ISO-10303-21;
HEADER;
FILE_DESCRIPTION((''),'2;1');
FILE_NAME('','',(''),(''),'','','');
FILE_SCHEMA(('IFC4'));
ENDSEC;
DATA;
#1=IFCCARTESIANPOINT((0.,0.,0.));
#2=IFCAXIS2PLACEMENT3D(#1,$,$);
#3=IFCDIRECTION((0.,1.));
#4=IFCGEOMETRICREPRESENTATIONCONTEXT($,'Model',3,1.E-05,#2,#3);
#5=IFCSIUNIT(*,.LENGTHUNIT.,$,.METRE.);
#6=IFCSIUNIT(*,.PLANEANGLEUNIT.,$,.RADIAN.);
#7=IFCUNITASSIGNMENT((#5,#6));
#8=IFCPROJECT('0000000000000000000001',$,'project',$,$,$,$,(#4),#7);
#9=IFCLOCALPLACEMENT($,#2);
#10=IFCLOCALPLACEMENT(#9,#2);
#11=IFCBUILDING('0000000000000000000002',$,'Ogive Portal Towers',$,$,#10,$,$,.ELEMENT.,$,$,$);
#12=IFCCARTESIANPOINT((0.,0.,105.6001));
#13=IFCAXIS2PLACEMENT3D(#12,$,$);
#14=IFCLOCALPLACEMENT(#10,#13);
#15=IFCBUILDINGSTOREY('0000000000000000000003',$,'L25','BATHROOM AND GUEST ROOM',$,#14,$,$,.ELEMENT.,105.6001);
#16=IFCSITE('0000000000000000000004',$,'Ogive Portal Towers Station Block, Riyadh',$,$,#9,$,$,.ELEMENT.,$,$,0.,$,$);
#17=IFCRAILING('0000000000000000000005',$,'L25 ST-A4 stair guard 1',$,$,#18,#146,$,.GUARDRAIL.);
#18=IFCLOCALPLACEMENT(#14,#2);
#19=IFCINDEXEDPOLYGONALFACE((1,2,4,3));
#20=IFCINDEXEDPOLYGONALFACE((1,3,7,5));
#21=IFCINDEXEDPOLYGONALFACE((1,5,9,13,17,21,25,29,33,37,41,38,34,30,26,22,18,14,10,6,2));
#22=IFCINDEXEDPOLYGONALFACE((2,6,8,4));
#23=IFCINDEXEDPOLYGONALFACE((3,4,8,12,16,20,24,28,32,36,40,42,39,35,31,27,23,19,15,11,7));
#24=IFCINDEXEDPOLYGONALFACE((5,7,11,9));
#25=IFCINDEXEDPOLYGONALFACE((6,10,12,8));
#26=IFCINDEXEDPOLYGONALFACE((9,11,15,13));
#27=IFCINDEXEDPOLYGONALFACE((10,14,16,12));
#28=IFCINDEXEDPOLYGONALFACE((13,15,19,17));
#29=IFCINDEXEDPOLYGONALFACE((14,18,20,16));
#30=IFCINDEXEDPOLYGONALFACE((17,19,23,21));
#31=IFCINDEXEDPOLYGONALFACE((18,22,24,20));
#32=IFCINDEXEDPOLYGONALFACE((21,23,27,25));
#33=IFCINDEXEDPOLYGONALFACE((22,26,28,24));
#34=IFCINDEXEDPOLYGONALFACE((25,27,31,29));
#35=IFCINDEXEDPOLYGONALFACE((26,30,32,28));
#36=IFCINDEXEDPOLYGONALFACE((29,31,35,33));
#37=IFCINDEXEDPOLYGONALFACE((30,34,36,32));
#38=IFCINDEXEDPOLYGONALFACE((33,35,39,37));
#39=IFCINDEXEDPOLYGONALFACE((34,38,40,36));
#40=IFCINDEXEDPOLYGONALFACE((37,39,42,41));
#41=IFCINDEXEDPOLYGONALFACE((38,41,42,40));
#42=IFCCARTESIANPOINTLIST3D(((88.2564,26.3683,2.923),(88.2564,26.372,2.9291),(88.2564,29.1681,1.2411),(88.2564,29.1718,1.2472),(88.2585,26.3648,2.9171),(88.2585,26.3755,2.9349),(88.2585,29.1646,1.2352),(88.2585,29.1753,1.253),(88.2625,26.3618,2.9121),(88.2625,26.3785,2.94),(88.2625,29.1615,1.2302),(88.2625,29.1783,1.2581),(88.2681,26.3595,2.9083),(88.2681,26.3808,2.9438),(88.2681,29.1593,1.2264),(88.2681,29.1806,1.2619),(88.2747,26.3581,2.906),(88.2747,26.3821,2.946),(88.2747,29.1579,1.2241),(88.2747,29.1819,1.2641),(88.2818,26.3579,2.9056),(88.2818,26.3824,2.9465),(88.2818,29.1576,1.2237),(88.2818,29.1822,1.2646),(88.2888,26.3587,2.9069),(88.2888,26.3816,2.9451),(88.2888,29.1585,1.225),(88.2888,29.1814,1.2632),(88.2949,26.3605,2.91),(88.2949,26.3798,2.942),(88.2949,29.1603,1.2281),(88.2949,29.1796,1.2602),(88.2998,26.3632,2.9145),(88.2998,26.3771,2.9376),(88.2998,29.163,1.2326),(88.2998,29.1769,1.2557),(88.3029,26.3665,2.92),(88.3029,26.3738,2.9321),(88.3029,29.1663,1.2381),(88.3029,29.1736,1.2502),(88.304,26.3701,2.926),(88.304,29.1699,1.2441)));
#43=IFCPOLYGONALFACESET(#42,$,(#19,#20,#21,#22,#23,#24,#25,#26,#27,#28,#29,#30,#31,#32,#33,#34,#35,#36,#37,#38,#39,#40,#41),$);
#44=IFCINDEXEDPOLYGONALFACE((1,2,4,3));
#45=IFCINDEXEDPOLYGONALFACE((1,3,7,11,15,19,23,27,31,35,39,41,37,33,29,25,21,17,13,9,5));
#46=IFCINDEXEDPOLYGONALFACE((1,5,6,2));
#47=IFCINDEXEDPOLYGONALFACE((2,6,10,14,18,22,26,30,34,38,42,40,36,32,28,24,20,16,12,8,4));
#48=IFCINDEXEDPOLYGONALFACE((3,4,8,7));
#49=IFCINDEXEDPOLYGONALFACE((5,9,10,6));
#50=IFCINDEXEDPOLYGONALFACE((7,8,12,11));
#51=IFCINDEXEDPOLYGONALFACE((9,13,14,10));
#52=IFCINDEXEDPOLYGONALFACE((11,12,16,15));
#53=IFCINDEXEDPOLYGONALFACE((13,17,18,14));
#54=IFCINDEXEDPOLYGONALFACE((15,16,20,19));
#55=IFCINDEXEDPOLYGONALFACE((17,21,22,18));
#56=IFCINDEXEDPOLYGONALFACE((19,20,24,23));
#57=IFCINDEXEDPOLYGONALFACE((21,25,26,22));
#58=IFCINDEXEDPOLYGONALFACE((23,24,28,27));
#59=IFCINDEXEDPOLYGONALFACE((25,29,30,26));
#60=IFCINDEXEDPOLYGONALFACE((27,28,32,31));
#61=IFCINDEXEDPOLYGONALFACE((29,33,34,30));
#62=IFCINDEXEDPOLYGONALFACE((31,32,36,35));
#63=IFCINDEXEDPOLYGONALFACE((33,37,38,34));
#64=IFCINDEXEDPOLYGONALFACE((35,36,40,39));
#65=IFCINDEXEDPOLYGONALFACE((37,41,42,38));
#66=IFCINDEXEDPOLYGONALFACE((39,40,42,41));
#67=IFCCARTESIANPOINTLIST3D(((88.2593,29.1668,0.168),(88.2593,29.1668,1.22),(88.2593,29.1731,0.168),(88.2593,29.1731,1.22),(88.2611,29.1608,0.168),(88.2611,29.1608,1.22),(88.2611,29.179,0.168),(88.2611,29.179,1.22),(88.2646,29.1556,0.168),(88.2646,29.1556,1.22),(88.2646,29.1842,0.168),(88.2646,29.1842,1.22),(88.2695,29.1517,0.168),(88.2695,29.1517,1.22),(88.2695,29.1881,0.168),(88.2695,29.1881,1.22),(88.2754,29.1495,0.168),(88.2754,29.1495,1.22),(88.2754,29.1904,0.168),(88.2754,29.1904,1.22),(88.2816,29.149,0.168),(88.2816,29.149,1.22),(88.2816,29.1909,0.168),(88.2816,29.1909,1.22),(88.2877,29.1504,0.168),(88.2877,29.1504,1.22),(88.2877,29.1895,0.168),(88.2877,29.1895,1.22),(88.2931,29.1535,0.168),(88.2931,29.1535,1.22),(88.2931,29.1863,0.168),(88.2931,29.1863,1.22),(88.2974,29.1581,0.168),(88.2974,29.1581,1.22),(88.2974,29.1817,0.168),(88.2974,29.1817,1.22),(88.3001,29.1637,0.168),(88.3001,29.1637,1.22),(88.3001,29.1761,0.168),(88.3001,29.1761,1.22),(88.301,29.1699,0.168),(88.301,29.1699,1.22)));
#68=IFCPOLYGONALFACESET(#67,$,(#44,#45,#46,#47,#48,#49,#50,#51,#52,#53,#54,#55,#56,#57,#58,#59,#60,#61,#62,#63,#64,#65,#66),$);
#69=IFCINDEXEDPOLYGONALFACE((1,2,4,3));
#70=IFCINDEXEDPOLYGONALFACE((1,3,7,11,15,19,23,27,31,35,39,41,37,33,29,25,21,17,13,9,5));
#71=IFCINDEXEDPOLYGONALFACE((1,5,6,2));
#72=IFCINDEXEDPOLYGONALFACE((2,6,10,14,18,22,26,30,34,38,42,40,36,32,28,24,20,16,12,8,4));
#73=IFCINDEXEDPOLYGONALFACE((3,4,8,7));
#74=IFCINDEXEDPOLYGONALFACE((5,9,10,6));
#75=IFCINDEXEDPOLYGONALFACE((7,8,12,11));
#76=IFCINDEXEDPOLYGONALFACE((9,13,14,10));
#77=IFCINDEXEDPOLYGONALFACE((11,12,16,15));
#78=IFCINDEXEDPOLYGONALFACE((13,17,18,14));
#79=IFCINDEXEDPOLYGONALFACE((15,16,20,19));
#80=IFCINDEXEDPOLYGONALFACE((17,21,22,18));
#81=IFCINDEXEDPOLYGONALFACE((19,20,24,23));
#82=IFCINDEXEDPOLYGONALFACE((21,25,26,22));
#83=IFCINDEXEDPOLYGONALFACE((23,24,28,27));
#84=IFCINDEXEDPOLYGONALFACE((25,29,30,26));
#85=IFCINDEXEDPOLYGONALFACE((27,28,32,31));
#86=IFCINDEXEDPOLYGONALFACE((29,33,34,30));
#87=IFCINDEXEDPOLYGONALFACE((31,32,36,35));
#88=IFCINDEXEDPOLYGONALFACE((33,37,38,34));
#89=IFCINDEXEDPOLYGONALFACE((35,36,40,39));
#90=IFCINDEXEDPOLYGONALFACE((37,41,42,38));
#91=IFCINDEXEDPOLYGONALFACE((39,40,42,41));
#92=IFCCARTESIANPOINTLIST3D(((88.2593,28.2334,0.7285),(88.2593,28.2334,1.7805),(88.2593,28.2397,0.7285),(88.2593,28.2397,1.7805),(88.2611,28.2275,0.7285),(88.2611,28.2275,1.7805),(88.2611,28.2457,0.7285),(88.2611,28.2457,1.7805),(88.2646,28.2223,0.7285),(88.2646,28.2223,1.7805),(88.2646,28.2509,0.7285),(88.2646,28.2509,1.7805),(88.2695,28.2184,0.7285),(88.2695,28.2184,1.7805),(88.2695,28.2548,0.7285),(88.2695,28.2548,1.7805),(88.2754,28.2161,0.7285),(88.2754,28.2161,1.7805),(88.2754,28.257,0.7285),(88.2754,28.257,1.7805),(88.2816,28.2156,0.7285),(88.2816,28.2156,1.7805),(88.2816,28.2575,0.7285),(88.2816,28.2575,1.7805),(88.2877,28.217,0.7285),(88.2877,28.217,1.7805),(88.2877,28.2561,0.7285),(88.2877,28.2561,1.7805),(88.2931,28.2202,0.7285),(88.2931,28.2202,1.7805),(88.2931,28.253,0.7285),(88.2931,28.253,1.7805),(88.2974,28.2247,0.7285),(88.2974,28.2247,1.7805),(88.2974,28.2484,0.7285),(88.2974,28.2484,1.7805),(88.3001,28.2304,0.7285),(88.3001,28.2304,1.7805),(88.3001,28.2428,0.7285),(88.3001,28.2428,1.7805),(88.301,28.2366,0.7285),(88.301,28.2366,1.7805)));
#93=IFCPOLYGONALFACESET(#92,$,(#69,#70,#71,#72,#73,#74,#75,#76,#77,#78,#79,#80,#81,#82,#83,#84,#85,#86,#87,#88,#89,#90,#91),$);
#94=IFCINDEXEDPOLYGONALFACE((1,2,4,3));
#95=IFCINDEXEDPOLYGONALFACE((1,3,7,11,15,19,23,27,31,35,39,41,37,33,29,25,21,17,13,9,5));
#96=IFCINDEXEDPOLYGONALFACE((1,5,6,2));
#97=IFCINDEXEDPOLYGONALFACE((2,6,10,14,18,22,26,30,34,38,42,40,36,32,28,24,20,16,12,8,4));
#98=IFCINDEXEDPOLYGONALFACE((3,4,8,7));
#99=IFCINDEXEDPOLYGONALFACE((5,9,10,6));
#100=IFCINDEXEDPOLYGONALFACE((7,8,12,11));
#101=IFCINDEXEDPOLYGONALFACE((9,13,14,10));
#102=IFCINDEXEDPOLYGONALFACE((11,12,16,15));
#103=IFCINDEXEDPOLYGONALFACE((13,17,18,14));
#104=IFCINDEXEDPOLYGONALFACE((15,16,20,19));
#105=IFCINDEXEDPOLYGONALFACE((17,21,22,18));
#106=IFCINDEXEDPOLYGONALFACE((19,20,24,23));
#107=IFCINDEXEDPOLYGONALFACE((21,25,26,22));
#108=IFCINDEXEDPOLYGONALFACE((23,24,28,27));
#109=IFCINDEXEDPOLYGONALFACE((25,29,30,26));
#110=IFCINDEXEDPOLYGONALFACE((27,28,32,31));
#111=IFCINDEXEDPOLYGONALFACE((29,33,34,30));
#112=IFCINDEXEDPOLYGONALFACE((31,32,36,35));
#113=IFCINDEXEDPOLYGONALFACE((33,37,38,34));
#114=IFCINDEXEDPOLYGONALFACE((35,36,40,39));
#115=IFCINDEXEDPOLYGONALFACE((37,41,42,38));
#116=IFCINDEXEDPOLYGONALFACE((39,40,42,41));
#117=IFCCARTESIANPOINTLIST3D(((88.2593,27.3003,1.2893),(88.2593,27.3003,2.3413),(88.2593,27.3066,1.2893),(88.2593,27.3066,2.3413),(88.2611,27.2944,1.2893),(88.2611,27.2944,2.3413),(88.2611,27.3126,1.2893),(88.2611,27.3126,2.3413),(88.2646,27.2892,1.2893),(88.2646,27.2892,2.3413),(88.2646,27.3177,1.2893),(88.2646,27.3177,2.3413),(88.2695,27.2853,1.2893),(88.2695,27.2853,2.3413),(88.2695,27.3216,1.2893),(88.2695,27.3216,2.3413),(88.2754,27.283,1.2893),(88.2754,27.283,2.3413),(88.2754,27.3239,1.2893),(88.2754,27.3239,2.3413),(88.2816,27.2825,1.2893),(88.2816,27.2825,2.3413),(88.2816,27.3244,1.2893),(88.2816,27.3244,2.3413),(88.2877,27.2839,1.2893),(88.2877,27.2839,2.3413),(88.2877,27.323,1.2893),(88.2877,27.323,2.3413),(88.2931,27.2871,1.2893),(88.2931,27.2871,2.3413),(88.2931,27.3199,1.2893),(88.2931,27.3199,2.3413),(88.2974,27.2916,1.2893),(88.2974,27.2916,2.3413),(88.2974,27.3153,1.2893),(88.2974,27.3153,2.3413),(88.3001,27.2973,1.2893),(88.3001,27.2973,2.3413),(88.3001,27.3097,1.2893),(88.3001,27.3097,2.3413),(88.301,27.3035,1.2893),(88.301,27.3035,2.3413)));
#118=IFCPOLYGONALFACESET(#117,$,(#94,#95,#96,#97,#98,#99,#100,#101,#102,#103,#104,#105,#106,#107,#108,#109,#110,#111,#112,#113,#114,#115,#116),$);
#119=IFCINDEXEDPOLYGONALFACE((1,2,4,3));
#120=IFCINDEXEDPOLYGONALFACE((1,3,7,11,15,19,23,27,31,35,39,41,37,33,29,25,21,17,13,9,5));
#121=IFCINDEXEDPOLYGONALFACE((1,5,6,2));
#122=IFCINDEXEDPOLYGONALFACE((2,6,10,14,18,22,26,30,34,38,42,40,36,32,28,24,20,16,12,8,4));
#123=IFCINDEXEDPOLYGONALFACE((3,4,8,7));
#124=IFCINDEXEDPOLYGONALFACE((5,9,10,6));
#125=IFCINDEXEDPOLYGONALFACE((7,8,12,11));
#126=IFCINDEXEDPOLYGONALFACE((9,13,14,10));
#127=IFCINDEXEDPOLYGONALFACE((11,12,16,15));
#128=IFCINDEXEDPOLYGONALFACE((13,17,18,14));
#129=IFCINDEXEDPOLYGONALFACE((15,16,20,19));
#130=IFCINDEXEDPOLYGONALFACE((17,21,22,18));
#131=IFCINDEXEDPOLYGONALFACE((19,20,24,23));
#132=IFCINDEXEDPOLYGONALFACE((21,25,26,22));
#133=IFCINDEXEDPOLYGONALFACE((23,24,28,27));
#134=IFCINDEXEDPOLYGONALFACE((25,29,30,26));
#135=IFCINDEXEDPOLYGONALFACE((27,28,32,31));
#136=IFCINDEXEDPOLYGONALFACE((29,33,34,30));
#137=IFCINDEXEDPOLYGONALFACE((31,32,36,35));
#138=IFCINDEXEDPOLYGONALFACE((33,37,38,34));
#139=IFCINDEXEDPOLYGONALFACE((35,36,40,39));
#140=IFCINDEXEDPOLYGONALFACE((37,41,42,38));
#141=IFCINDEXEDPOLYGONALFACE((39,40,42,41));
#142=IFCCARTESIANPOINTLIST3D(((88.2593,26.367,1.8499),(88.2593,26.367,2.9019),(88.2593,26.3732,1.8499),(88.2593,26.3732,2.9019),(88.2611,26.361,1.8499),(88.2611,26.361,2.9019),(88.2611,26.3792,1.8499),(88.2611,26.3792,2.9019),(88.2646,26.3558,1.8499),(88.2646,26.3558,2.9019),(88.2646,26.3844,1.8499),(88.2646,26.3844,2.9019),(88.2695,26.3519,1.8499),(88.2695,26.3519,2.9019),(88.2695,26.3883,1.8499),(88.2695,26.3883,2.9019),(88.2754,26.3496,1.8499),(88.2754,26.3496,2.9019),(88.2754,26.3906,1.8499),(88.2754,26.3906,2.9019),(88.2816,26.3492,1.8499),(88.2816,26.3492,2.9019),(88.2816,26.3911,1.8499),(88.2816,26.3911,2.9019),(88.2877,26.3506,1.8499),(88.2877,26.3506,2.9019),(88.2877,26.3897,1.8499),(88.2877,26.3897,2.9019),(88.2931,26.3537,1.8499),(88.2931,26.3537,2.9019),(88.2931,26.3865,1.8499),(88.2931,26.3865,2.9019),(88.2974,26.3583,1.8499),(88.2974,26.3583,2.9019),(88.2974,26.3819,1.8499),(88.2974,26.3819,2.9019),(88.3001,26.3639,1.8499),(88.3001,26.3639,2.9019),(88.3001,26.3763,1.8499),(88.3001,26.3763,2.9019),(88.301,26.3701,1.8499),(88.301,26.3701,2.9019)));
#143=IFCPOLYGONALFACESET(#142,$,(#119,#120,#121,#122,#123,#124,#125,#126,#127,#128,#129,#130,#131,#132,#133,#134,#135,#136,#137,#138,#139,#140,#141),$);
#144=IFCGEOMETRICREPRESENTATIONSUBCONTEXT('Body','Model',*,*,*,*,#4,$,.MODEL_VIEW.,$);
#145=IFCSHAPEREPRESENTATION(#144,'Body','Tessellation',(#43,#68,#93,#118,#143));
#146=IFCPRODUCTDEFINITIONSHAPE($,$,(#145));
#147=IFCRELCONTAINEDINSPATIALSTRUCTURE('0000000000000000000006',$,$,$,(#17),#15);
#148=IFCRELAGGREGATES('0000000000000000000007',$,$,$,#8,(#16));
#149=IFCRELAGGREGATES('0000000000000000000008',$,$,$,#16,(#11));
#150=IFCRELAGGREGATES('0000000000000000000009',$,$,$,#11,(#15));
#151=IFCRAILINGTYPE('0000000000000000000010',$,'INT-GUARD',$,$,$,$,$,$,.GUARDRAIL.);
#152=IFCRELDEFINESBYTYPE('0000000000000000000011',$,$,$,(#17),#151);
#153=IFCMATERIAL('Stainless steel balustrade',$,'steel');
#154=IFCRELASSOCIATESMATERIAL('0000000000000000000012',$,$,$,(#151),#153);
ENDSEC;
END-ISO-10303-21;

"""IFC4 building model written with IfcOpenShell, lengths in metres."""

from ifc_helpers import new_model, si_unit, direction, frame, origin, origin_2d, place, context, subcontext, project, spatial, circle, extrude, material, type_object, element, save


model = new_model("IFC4")

# Units and contexts
model_context = context("Model", 3, precision=1e-05, world=origin(), true_north=direction((0.0, 1.0)))
body_context = subcontext(model_context, "Body", "Model", "MODEL_VIEW")
ifc_project = project(units=[si_unit("LENGTHUNIT", "METRE"), si_unit("PLANEANGLEUNIT", "RADIAN")], contexts=[model_context])

# Site, building, storey
site_placement = place(None, origin())
site = spatial("IfcSite", under=ifc_project, at=site_placement, Name="Ogive Portal Towers Station Block, Riyadh", CompositionType="ELEMENT", RefElevation=0.0)
building_placement = place(site_placement, origin())
building = spatial("IfcBuilding", under=site, at=building_placement, Name="Ogive Portal Towers", CompositionType="ELEMENT")
storey_placement = place(building_placement, frame((0.0, 0.0, 105.6001)))
storey = spatial("IfcBuildingStorey", under=building, at=storey_placement, Name="L25", Description="BATHROOM AND GUEST ROOM", CompositionType="ELEMENT", Elevation=105.6001)

# Railing
ifc_material_1 = material(Name="Stainless steel balustrade", Category="steel")
railing_type_1 = type_object("IfcRailingType", Name="INT-GUARD", PredefinedType="GUARDRAIL", material=ifc_material_1)
railing_1_placement = place(storey_placement, frame((88.28, 29.1699, 0.168)))
element("IfcRailing", 1, at=railing_1_placement, inside=storey, type_object=railing_type_1, Name="L25 ST-A4 stair guard 1", PredefinedType="GUARDRAIL", context=body_context, shape_type="SweptSolid", body=[
    extrude(circle(Radius=0.0239, at=origin_2d()), frame((0.0, 0.0, 1.0762), z_axis=(0.0, -0.857222, 0.514946), x_axis=(1.0, 0.0, 0.0)), (0.0, 0.0, 1.0), 3.2661),
    extrude(circle(Radius=0.021, at=origin_2d()), origin(), (0.0, 0.0, 1.0), 1.052),
    extrude(circle(Radius=0.021, at=origin_2d()), frame((0.0, -0.9333, 0.5605)), (0.0, 0.0, 1.0), 1.052),
    extrude(circle(Radius=0.021, at=origin_2d()), frame((0.0, -1.8665, 1.1213)), (0.0, 0.0, 1.0), 1.052),
    extrude(circle(Radius=0.021, at=origin_2d()), frame((0.0, -2.7998, 1.6819)), (0.0, 0.0, 1.0), 1.052),
])

save(model, "model.ifc")
